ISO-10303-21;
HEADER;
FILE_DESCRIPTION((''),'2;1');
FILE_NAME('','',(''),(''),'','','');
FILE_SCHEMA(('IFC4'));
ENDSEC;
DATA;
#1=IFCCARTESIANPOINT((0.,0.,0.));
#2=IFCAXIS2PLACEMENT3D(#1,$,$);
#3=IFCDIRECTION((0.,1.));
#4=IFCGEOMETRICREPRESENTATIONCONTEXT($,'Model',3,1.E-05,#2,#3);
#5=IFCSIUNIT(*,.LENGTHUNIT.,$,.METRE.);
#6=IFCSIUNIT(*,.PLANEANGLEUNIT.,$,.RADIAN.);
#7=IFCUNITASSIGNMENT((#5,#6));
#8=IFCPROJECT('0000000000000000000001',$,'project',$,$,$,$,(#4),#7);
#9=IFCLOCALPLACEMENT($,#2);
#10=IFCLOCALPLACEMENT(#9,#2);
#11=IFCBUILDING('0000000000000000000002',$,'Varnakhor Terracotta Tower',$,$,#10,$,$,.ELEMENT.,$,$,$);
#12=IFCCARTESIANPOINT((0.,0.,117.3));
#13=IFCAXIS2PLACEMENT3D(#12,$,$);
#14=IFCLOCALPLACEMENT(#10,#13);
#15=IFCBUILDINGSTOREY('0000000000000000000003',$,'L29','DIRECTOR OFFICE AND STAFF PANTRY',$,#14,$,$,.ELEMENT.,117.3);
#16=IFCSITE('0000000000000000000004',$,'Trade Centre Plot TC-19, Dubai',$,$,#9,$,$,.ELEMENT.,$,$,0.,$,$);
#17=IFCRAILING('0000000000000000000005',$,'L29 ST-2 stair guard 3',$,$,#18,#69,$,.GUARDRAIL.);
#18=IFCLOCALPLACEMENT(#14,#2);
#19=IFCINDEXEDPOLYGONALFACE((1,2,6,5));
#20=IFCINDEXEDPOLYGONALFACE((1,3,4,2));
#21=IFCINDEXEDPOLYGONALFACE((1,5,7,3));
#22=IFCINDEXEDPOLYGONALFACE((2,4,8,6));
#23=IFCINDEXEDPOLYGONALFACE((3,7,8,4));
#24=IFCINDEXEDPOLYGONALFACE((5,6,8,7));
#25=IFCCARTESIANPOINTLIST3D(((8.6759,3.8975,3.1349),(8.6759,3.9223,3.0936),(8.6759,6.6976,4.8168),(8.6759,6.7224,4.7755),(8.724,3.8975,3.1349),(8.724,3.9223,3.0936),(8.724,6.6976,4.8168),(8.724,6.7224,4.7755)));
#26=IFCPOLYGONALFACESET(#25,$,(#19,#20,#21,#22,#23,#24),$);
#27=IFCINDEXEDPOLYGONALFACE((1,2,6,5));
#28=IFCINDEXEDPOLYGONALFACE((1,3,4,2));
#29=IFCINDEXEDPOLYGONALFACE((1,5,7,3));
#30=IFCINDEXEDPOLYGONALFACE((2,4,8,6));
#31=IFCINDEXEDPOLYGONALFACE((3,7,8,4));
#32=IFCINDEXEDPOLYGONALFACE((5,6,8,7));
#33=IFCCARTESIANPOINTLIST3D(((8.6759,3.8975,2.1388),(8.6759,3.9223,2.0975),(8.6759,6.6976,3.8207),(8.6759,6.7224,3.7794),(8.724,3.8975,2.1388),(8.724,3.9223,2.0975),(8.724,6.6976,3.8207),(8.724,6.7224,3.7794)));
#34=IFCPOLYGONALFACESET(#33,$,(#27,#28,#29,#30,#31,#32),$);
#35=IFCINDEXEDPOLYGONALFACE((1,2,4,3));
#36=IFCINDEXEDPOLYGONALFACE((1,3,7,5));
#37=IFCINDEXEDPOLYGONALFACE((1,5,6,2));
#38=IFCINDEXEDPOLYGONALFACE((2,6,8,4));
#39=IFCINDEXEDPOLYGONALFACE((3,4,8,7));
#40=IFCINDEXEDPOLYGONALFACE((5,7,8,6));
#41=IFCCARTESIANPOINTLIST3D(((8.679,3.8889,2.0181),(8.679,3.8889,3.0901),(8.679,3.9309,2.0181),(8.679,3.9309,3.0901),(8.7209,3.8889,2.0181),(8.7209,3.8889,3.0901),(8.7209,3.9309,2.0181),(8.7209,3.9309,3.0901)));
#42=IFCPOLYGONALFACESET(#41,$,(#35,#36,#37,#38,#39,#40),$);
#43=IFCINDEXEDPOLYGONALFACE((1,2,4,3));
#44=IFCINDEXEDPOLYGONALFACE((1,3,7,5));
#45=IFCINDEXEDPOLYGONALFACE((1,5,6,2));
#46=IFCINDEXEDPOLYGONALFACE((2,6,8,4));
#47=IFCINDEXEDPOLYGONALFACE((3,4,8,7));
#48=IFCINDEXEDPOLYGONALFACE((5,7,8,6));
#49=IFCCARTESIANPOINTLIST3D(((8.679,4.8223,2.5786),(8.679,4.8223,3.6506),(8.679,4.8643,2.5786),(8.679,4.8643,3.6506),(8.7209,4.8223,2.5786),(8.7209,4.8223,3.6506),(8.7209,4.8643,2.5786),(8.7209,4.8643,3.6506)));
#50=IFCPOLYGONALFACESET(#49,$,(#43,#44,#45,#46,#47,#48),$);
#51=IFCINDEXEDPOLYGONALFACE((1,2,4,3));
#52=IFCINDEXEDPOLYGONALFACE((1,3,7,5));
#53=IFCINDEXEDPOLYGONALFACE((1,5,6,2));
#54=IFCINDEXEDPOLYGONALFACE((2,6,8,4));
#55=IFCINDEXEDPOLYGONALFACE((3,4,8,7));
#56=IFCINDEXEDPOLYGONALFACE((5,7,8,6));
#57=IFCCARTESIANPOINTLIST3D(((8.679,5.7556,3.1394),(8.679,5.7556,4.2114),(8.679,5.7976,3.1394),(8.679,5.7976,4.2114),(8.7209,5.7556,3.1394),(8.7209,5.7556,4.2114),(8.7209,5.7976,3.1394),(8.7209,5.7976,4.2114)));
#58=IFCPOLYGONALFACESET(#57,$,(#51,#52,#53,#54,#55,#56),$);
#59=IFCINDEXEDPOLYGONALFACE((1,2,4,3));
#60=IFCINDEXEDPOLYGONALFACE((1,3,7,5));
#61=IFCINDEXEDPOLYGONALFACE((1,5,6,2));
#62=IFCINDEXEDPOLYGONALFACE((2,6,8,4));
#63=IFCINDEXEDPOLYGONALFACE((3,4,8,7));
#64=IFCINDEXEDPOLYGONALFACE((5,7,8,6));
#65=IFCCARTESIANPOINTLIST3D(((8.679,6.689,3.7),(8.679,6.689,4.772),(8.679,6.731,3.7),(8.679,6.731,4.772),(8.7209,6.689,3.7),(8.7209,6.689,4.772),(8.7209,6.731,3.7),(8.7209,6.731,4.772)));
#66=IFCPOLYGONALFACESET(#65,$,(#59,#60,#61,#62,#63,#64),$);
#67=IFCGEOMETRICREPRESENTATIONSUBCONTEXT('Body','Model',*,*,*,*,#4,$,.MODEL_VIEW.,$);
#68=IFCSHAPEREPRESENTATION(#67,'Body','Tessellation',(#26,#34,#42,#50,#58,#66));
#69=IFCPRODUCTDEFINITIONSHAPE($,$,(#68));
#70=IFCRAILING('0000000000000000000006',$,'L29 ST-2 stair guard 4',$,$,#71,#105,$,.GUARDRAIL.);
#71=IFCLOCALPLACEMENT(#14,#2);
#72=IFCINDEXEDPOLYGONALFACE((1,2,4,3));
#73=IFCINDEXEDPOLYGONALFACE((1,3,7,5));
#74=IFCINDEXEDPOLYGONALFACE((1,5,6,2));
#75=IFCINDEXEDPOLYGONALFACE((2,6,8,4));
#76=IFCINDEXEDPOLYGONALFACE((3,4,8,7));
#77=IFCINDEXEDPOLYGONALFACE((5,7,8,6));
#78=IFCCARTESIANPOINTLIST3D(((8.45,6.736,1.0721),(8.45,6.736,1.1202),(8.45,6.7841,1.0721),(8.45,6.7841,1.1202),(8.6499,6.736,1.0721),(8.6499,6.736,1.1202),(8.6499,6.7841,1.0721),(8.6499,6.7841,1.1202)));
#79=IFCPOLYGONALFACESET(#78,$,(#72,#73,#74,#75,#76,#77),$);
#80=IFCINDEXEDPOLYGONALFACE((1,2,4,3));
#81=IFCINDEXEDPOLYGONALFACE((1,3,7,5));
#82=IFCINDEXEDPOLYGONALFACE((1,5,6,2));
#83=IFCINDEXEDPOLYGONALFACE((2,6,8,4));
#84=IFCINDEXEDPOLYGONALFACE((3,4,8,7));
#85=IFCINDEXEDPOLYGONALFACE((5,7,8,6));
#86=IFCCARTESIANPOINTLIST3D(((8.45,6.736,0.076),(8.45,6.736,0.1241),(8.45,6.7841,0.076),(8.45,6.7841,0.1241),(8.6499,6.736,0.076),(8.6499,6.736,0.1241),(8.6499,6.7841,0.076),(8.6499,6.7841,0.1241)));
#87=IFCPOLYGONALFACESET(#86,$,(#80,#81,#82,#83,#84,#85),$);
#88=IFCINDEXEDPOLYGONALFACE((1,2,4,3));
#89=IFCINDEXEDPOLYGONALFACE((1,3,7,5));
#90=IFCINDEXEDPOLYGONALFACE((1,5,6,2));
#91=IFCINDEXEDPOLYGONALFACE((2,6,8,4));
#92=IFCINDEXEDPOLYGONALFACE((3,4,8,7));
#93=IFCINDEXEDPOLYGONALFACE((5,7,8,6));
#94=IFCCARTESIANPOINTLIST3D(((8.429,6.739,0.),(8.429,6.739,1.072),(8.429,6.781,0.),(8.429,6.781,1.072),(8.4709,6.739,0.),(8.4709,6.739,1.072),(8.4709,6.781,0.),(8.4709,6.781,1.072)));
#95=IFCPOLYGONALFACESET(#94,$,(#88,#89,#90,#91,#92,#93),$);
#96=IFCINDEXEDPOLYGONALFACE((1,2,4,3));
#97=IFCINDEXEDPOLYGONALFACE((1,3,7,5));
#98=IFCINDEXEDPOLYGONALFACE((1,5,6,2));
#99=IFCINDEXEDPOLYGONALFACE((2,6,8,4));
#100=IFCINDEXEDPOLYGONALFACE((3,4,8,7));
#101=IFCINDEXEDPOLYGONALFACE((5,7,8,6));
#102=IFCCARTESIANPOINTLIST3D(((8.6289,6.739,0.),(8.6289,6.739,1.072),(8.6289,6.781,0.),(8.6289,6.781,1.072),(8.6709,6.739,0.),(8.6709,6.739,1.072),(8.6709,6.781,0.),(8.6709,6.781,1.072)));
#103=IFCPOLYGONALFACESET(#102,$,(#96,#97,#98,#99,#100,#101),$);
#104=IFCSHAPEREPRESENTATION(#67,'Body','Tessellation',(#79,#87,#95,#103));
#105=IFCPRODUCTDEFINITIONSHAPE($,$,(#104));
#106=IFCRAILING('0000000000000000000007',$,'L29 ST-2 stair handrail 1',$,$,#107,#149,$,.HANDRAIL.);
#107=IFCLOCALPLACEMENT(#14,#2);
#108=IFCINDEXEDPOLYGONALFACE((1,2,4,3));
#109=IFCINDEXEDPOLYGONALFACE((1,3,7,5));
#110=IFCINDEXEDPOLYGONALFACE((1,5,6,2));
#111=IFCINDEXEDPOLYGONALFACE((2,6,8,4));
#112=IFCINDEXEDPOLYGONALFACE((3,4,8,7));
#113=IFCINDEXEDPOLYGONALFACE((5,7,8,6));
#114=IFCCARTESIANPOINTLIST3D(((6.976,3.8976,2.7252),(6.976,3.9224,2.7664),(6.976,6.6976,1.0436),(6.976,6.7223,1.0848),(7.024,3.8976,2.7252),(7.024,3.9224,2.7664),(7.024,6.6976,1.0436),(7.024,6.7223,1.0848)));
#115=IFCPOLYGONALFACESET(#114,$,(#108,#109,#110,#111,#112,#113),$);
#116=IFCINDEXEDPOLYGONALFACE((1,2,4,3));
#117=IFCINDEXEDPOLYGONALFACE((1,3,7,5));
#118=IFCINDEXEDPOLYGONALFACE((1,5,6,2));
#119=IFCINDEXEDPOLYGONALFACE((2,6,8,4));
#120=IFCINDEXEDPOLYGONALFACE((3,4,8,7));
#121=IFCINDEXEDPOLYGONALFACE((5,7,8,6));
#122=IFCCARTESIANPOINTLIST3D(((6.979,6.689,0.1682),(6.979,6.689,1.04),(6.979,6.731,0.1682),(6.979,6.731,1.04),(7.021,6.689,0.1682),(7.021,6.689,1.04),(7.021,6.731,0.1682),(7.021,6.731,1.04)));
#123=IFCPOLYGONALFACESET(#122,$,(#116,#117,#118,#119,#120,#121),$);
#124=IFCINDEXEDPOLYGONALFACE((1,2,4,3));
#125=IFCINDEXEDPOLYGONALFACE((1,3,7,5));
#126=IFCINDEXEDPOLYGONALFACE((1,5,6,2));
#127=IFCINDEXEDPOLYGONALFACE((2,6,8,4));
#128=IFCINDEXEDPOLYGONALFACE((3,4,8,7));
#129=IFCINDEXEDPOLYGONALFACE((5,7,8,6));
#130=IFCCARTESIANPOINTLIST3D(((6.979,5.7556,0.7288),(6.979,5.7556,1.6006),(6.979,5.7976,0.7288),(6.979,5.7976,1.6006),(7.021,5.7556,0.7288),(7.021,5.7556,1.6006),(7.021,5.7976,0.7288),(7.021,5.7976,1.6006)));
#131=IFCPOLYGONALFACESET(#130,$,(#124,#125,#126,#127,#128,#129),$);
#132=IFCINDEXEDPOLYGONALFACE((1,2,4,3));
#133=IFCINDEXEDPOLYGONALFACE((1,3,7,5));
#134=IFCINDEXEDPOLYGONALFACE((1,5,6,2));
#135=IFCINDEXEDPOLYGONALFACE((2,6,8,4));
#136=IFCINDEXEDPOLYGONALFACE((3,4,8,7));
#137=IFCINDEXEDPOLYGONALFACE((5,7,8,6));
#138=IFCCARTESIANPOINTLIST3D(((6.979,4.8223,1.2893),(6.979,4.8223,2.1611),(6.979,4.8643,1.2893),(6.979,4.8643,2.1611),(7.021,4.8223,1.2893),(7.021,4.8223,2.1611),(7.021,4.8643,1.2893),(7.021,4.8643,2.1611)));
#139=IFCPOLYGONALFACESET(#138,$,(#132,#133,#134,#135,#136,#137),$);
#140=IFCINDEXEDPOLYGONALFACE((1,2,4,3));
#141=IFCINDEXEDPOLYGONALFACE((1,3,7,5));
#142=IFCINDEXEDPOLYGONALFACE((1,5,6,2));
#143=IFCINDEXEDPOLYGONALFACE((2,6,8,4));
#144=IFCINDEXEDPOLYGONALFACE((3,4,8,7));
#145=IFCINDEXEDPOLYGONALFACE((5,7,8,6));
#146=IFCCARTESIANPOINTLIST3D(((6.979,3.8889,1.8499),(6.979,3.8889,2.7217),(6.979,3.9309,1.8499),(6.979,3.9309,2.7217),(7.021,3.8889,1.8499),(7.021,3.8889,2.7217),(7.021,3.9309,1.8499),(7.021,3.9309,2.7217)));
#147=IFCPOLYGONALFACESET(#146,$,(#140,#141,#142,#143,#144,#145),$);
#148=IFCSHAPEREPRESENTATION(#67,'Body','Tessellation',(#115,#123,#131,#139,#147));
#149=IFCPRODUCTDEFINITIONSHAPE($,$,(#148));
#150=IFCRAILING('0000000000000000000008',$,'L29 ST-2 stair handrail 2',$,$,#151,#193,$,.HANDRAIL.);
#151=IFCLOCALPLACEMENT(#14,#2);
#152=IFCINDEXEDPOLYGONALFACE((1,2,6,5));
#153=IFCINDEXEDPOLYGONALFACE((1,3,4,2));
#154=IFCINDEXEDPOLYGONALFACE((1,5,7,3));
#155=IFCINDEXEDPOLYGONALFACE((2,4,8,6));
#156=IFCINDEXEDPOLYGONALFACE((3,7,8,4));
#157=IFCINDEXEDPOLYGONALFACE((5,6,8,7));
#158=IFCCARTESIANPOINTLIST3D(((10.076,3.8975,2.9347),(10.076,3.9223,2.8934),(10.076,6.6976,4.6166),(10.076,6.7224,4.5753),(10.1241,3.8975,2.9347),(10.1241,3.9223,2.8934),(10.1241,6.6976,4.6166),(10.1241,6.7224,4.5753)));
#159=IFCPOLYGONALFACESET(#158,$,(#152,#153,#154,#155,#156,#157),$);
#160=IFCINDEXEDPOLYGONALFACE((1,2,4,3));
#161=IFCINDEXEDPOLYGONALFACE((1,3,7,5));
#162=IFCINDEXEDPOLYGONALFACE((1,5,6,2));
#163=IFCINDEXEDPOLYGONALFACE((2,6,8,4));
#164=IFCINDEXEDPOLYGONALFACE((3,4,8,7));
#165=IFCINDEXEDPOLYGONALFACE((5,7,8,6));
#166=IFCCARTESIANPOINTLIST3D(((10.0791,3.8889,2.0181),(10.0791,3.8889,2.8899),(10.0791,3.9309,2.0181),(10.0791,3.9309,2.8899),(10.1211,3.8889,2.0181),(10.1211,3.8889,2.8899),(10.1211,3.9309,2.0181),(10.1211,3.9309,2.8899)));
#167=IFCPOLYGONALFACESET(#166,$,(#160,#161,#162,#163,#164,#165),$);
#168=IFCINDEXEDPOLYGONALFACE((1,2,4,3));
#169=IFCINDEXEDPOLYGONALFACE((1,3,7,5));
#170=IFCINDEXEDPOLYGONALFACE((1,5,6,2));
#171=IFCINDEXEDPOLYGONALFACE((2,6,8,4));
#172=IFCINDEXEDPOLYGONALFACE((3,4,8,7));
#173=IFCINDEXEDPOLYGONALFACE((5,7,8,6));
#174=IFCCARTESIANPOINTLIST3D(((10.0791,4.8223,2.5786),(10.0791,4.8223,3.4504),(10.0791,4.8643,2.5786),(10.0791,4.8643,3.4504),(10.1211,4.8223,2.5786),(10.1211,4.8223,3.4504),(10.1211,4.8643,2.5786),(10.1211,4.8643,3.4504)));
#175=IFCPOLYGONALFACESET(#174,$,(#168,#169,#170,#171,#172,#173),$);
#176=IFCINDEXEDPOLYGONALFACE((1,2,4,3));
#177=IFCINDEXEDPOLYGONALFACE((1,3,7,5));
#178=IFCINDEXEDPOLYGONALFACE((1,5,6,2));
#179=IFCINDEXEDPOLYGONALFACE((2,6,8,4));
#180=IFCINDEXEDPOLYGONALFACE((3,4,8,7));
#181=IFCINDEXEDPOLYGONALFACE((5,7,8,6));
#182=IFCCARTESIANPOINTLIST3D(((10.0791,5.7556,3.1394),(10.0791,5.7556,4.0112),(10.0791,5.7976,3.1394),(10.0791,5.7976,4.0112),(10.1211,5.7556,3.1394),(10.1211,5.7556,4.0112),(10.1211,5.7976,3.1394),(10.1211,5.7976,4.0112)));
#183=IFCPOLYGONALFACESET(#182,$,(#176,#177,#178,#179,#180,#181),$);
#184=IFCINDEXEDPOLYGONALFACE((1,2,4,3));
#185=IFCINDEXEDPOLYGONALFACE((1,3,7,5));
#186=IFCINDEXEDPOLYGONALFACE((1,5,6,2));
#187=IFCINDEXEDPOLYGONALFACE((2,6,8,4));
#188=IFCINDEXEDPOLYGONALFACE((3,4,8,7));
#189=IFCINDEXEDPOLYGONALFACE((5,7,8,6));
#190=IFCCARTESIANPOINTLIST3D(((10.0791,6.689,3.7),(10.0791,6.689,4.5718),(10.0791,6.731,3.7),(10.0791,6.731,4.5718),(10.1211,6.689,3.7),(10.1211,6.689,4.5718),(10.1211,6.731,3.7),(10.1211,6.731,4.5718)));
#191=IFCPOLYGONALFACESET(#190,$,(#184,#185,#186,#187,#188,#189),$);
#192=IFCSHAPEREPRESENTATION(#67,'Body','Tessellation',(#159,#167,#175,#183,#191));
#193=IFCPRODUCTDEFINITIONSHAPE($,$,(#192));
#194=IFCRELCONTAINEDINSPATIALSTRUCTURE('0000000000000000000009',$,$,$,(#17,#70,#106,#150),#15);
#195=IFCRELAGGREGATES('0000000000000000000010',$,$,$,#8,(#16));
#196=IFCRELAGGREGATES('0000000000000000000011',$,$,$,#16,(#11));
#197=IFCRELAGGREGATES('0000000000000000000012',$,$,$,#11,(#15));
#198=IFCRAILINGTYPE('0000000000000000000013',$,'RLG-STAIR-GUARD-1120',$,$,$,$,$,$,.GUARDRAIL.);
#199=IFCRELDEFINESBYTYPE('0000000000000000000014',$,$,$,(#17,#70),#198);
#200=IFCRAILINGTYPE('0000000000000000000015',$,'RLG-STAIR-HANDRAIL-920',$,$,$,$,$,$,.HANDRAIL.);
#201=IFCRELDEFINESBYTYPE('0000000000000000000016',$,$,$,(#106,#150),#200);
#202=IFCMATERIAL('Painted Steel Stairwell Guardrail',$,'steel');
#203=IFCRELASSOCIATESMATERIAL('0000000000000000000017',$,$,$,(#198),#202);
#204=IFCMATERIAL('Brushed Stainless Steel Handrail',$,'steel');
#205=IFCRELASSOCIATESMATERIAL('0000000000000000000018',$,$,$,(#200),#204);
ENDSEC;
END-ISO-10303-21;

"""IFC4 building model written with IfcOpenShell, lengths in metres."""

from ifc_helpers import new_model, si_unit, direction, frame, origin, origin_2d, place, context, subcontext, project, spatial, rectangle, extrude, material, type_object, element, save


model = new_model("IFC4")

# Units and contexts
model_context = context("Model", 3, precision=1e-05, world=origin(), true_north=direction((0.0, 1.0)))
body_context = subcontext(model_context, "Body", "Model", "MODEL_VIEW")
ifc_project = project(units=[si_unit("LENGTHUNIT", "METRE"), si_unit("PLANEANGLEUNIT", "RADIAN")], contexts=[model_context])

# Site, building, storey
site_placement = place(None, origin())
site = spatial("IfcSite", under=ifc_project, at=site_placement, Name="Trade Centre Plot TC-19, Dubai", CompositionType="ELEMENT", RefElevation=0.0)
building_placement = place(site_placement, origin())
building = spatial("IfcBuilding", under=site, at=building_placement, Name="Varnakhor Terracotta Tower", CompositionType="ELEMENT")
storey_placement = place(building_placement, frame((0.0, 0.0, 117.3)))
storey = spatial("IfcBuildingStorey", under=building, at=storey_placement, Name="L29", Description="DIRECTOR OFFICE AND STAFF PANTRY", CompositionType="ELEMENT", Elevation=117.3)

# Railings
ifc_material_1 = material(Name="Painted Steel Stairwell Guardrail", Category="steel")
railing_type_1 = type_object("IfcRailingType", Name="RLG-STAIR-GUARD-1120", PredefinedType="GUARDRAIL", material=ifc_material_1)
railing_1_placement = place(storey_placement, frame((8.7, 3.9099, 2.0181)))
element("IfcRailing", 1, at=railing_1_placement, inside=storey, type_object=railing_type_1, Name="L29 ST-2 stair guard 3", PredefinedType="GUARDRAIL", context=body_context, shape_type="SweptSolid", body=[
    extrude(rectangle(XDim=0.0481, YDim=0.0481, at=origin_2d()), frame((0.0, 0.0, 1.0962), z_axis=(0.0, 0.857242, 0.514913), x_axis=(-1.0, 0.0, 0.0)), (0.0, 0.0, 1.0), 3.2664),
    extrude(rectangle(XDim=0.0481, YDim=0.0481, at=origin_2d()), frame((0.0, 0.0, 0.1001), z_axis=(0.0, 0.857242, 0.514913), x_axis=(-1.0, 0.0, 0.0)), (0.0, 0.0, 1.0), 3.2664),
    extrude(rectangle(XDim=0.042, YDim=0.042, at=origin_2d()), origin(), (0.0, 0.0, 1.0), 1.072),
    extrude(rectangle(XDim=0.042, YDim=0.042, at=origin_2d()), frame((0.0, 0.9333, 0.5605)), (0.0, 0.0, 1.0), 1.072),
    extrude(rectangle(XDim=0.042, YDim=0.042, at=origin_2d()), frame((0.0, 1.8667, 1.1213)), (0.0, 0.0, 1.0), 1.072),
    extrude(rectangle(XDim=0.042, YDim=0.042, at=origin_2d()), frame((0.0, 2.8, 1.6819)), (0.0, 0.0, 1.0), 1.072),
])
railing_2_placement = place(storey_placement, frame((8.45, 6.76, 0.0)))
element("IfcRailing", 2, at=railing_2_placement, inside=storey, type_object=railing_type_1, Name="L29 ST-2 stair guard 4", PredefinedType="GUARDRAIL", context=body_context, shape_type="SweptSolid", body=[
    extrude(rectangle(XDim=0.0481, YDim=0.0481, at=origin_2d()), frame((0.0, 0.0, 1.0962), z_axis=(1.0, 0.0, 0.0), x_axis=(0.0, 1.0, 0.0)), (0.0, 0.0, 1.0), 0.2),
    extrude(rectangle(XDim=0.0481, YDim=0.0481, at=origin_2d()), frame((0.0, 0.0, 0.1001), z_axis=(1.0, 0.0, 0.0), x_axis=(0.0, 1.0, 0.0)), (0.0, 0.0, 1.0), 0.2),
    extrude(rectangle(XDim=0.042, YDim=0.042, at=origin_2d()), origin(), (0.0, 0.0, 1.0), 1.072),
    extrude(rectangle(XDim=0.042, YDim=0.042, at=origin_2d()), frame((0.2, 0.0, 0.0)), (0.0, 0.0, 1.0), 1.072),
])
ifc_material_2 = material(Name="Brushed Stainless Steel Handrail", Category="steel")
railing_type_2 = type_object("IfcRailingType", Name="RLG-STAIR-HANDRAIL-920", PredefinedType="HANDRAIL", material=ifc_material_2)
railing_3_placement = place(storey_placement, frame((7.0, 6.71, 0.1682)))
element("IfcRailing", 3, at=railing_3_placement, inside=storey, type_object=railing_type_2, Name="L29 ST-2 stair handrail 1", PredefinedType="HANDRAIL", context=body_context, shape_type="SweptSolid", body=[
    extrude(rectangle(XDim=0.0481, YDim=0.0481, at=origin_2d()), frame((0.0, 0.0, 0.896), z_axis=(0.0, -0.857275, 0.514858), x_axis=(1.0, 0.0, 0.0)), (0.0, 0.0, 1.0), 3.2661),
    extrude(rectangle(XDim=0.042, YDim=0.042, at=origin_2d()), origin(), (0.0, 0.0, 1.0), 0.8718),
    extrude(rectangle(XDim=0.042, YDim=0.042, at=origin_2d()), frame((0.0, -0.9333, 0.5605)), (0.0, 0.0, 1.0), 0.8718),
    extrude(rectangle(XDim=0.042, YDim=0.042, at=origin_2d()), frame((0.0, -1.8667, 1.1211)), (0.0, 0.0, 1.0), 0.8718),
    extrude(rectangle(XDim=0.042, YDim=0.042, at=origin_2d()), frame((0.0, -2.8, 1.6816)), (0.0, 0.0, 1.0), 0.8718),
])
railing_4_placement = place(storey_placement, frame((10.1001, 3.9099, 2.0181)))
element("IfcRailing", 4, at=railing_4_placement, inside=storey, type_object=railing_type_2, Name="L29 ST-2 stair handrail 2", PredefinedType="HANDRAIL", context=body_context, shape_type="SweptSolid", body=[
    extrude(rectangle(XDim=0.0481, YDim=0.0481, at=origin_2d()), frame((0.0, 0.0, 0.896), z_axis=(0.0, 0.857242, 0.514913), x_axis=(-1.0, 0.0, 0.0)), (0.0, 0.0, 1.0), 3.2664),
    extrude(rectangle(XDim=0.042, YDim=0.042, at=origin_2d()), origin(), (0.0, 0.0, 1.0), 0.8718),
    extrude(rectangle(XDim=0.042, YDim=0.042, at=origin_2d()), frame((0.0, 0.9333, 0.5605)), (0.0, 0.0, 1.0), 0.8718),
    extrude(rectangle(XDim=0.042, YDim=0.042, at=origin_2d()), frame((0.0, 1.8667, 1.1213)), (0.0, 0.0, 1.0), 0.8718),
    extrude(rectangle(XDim=0.042, YDim=0.042, at=origin_2d()), frame((0.0, 2.8, 1.6819)), (0.0, 0.0, 1.0), 0.8718),
])

save(model, "model.ifc")
